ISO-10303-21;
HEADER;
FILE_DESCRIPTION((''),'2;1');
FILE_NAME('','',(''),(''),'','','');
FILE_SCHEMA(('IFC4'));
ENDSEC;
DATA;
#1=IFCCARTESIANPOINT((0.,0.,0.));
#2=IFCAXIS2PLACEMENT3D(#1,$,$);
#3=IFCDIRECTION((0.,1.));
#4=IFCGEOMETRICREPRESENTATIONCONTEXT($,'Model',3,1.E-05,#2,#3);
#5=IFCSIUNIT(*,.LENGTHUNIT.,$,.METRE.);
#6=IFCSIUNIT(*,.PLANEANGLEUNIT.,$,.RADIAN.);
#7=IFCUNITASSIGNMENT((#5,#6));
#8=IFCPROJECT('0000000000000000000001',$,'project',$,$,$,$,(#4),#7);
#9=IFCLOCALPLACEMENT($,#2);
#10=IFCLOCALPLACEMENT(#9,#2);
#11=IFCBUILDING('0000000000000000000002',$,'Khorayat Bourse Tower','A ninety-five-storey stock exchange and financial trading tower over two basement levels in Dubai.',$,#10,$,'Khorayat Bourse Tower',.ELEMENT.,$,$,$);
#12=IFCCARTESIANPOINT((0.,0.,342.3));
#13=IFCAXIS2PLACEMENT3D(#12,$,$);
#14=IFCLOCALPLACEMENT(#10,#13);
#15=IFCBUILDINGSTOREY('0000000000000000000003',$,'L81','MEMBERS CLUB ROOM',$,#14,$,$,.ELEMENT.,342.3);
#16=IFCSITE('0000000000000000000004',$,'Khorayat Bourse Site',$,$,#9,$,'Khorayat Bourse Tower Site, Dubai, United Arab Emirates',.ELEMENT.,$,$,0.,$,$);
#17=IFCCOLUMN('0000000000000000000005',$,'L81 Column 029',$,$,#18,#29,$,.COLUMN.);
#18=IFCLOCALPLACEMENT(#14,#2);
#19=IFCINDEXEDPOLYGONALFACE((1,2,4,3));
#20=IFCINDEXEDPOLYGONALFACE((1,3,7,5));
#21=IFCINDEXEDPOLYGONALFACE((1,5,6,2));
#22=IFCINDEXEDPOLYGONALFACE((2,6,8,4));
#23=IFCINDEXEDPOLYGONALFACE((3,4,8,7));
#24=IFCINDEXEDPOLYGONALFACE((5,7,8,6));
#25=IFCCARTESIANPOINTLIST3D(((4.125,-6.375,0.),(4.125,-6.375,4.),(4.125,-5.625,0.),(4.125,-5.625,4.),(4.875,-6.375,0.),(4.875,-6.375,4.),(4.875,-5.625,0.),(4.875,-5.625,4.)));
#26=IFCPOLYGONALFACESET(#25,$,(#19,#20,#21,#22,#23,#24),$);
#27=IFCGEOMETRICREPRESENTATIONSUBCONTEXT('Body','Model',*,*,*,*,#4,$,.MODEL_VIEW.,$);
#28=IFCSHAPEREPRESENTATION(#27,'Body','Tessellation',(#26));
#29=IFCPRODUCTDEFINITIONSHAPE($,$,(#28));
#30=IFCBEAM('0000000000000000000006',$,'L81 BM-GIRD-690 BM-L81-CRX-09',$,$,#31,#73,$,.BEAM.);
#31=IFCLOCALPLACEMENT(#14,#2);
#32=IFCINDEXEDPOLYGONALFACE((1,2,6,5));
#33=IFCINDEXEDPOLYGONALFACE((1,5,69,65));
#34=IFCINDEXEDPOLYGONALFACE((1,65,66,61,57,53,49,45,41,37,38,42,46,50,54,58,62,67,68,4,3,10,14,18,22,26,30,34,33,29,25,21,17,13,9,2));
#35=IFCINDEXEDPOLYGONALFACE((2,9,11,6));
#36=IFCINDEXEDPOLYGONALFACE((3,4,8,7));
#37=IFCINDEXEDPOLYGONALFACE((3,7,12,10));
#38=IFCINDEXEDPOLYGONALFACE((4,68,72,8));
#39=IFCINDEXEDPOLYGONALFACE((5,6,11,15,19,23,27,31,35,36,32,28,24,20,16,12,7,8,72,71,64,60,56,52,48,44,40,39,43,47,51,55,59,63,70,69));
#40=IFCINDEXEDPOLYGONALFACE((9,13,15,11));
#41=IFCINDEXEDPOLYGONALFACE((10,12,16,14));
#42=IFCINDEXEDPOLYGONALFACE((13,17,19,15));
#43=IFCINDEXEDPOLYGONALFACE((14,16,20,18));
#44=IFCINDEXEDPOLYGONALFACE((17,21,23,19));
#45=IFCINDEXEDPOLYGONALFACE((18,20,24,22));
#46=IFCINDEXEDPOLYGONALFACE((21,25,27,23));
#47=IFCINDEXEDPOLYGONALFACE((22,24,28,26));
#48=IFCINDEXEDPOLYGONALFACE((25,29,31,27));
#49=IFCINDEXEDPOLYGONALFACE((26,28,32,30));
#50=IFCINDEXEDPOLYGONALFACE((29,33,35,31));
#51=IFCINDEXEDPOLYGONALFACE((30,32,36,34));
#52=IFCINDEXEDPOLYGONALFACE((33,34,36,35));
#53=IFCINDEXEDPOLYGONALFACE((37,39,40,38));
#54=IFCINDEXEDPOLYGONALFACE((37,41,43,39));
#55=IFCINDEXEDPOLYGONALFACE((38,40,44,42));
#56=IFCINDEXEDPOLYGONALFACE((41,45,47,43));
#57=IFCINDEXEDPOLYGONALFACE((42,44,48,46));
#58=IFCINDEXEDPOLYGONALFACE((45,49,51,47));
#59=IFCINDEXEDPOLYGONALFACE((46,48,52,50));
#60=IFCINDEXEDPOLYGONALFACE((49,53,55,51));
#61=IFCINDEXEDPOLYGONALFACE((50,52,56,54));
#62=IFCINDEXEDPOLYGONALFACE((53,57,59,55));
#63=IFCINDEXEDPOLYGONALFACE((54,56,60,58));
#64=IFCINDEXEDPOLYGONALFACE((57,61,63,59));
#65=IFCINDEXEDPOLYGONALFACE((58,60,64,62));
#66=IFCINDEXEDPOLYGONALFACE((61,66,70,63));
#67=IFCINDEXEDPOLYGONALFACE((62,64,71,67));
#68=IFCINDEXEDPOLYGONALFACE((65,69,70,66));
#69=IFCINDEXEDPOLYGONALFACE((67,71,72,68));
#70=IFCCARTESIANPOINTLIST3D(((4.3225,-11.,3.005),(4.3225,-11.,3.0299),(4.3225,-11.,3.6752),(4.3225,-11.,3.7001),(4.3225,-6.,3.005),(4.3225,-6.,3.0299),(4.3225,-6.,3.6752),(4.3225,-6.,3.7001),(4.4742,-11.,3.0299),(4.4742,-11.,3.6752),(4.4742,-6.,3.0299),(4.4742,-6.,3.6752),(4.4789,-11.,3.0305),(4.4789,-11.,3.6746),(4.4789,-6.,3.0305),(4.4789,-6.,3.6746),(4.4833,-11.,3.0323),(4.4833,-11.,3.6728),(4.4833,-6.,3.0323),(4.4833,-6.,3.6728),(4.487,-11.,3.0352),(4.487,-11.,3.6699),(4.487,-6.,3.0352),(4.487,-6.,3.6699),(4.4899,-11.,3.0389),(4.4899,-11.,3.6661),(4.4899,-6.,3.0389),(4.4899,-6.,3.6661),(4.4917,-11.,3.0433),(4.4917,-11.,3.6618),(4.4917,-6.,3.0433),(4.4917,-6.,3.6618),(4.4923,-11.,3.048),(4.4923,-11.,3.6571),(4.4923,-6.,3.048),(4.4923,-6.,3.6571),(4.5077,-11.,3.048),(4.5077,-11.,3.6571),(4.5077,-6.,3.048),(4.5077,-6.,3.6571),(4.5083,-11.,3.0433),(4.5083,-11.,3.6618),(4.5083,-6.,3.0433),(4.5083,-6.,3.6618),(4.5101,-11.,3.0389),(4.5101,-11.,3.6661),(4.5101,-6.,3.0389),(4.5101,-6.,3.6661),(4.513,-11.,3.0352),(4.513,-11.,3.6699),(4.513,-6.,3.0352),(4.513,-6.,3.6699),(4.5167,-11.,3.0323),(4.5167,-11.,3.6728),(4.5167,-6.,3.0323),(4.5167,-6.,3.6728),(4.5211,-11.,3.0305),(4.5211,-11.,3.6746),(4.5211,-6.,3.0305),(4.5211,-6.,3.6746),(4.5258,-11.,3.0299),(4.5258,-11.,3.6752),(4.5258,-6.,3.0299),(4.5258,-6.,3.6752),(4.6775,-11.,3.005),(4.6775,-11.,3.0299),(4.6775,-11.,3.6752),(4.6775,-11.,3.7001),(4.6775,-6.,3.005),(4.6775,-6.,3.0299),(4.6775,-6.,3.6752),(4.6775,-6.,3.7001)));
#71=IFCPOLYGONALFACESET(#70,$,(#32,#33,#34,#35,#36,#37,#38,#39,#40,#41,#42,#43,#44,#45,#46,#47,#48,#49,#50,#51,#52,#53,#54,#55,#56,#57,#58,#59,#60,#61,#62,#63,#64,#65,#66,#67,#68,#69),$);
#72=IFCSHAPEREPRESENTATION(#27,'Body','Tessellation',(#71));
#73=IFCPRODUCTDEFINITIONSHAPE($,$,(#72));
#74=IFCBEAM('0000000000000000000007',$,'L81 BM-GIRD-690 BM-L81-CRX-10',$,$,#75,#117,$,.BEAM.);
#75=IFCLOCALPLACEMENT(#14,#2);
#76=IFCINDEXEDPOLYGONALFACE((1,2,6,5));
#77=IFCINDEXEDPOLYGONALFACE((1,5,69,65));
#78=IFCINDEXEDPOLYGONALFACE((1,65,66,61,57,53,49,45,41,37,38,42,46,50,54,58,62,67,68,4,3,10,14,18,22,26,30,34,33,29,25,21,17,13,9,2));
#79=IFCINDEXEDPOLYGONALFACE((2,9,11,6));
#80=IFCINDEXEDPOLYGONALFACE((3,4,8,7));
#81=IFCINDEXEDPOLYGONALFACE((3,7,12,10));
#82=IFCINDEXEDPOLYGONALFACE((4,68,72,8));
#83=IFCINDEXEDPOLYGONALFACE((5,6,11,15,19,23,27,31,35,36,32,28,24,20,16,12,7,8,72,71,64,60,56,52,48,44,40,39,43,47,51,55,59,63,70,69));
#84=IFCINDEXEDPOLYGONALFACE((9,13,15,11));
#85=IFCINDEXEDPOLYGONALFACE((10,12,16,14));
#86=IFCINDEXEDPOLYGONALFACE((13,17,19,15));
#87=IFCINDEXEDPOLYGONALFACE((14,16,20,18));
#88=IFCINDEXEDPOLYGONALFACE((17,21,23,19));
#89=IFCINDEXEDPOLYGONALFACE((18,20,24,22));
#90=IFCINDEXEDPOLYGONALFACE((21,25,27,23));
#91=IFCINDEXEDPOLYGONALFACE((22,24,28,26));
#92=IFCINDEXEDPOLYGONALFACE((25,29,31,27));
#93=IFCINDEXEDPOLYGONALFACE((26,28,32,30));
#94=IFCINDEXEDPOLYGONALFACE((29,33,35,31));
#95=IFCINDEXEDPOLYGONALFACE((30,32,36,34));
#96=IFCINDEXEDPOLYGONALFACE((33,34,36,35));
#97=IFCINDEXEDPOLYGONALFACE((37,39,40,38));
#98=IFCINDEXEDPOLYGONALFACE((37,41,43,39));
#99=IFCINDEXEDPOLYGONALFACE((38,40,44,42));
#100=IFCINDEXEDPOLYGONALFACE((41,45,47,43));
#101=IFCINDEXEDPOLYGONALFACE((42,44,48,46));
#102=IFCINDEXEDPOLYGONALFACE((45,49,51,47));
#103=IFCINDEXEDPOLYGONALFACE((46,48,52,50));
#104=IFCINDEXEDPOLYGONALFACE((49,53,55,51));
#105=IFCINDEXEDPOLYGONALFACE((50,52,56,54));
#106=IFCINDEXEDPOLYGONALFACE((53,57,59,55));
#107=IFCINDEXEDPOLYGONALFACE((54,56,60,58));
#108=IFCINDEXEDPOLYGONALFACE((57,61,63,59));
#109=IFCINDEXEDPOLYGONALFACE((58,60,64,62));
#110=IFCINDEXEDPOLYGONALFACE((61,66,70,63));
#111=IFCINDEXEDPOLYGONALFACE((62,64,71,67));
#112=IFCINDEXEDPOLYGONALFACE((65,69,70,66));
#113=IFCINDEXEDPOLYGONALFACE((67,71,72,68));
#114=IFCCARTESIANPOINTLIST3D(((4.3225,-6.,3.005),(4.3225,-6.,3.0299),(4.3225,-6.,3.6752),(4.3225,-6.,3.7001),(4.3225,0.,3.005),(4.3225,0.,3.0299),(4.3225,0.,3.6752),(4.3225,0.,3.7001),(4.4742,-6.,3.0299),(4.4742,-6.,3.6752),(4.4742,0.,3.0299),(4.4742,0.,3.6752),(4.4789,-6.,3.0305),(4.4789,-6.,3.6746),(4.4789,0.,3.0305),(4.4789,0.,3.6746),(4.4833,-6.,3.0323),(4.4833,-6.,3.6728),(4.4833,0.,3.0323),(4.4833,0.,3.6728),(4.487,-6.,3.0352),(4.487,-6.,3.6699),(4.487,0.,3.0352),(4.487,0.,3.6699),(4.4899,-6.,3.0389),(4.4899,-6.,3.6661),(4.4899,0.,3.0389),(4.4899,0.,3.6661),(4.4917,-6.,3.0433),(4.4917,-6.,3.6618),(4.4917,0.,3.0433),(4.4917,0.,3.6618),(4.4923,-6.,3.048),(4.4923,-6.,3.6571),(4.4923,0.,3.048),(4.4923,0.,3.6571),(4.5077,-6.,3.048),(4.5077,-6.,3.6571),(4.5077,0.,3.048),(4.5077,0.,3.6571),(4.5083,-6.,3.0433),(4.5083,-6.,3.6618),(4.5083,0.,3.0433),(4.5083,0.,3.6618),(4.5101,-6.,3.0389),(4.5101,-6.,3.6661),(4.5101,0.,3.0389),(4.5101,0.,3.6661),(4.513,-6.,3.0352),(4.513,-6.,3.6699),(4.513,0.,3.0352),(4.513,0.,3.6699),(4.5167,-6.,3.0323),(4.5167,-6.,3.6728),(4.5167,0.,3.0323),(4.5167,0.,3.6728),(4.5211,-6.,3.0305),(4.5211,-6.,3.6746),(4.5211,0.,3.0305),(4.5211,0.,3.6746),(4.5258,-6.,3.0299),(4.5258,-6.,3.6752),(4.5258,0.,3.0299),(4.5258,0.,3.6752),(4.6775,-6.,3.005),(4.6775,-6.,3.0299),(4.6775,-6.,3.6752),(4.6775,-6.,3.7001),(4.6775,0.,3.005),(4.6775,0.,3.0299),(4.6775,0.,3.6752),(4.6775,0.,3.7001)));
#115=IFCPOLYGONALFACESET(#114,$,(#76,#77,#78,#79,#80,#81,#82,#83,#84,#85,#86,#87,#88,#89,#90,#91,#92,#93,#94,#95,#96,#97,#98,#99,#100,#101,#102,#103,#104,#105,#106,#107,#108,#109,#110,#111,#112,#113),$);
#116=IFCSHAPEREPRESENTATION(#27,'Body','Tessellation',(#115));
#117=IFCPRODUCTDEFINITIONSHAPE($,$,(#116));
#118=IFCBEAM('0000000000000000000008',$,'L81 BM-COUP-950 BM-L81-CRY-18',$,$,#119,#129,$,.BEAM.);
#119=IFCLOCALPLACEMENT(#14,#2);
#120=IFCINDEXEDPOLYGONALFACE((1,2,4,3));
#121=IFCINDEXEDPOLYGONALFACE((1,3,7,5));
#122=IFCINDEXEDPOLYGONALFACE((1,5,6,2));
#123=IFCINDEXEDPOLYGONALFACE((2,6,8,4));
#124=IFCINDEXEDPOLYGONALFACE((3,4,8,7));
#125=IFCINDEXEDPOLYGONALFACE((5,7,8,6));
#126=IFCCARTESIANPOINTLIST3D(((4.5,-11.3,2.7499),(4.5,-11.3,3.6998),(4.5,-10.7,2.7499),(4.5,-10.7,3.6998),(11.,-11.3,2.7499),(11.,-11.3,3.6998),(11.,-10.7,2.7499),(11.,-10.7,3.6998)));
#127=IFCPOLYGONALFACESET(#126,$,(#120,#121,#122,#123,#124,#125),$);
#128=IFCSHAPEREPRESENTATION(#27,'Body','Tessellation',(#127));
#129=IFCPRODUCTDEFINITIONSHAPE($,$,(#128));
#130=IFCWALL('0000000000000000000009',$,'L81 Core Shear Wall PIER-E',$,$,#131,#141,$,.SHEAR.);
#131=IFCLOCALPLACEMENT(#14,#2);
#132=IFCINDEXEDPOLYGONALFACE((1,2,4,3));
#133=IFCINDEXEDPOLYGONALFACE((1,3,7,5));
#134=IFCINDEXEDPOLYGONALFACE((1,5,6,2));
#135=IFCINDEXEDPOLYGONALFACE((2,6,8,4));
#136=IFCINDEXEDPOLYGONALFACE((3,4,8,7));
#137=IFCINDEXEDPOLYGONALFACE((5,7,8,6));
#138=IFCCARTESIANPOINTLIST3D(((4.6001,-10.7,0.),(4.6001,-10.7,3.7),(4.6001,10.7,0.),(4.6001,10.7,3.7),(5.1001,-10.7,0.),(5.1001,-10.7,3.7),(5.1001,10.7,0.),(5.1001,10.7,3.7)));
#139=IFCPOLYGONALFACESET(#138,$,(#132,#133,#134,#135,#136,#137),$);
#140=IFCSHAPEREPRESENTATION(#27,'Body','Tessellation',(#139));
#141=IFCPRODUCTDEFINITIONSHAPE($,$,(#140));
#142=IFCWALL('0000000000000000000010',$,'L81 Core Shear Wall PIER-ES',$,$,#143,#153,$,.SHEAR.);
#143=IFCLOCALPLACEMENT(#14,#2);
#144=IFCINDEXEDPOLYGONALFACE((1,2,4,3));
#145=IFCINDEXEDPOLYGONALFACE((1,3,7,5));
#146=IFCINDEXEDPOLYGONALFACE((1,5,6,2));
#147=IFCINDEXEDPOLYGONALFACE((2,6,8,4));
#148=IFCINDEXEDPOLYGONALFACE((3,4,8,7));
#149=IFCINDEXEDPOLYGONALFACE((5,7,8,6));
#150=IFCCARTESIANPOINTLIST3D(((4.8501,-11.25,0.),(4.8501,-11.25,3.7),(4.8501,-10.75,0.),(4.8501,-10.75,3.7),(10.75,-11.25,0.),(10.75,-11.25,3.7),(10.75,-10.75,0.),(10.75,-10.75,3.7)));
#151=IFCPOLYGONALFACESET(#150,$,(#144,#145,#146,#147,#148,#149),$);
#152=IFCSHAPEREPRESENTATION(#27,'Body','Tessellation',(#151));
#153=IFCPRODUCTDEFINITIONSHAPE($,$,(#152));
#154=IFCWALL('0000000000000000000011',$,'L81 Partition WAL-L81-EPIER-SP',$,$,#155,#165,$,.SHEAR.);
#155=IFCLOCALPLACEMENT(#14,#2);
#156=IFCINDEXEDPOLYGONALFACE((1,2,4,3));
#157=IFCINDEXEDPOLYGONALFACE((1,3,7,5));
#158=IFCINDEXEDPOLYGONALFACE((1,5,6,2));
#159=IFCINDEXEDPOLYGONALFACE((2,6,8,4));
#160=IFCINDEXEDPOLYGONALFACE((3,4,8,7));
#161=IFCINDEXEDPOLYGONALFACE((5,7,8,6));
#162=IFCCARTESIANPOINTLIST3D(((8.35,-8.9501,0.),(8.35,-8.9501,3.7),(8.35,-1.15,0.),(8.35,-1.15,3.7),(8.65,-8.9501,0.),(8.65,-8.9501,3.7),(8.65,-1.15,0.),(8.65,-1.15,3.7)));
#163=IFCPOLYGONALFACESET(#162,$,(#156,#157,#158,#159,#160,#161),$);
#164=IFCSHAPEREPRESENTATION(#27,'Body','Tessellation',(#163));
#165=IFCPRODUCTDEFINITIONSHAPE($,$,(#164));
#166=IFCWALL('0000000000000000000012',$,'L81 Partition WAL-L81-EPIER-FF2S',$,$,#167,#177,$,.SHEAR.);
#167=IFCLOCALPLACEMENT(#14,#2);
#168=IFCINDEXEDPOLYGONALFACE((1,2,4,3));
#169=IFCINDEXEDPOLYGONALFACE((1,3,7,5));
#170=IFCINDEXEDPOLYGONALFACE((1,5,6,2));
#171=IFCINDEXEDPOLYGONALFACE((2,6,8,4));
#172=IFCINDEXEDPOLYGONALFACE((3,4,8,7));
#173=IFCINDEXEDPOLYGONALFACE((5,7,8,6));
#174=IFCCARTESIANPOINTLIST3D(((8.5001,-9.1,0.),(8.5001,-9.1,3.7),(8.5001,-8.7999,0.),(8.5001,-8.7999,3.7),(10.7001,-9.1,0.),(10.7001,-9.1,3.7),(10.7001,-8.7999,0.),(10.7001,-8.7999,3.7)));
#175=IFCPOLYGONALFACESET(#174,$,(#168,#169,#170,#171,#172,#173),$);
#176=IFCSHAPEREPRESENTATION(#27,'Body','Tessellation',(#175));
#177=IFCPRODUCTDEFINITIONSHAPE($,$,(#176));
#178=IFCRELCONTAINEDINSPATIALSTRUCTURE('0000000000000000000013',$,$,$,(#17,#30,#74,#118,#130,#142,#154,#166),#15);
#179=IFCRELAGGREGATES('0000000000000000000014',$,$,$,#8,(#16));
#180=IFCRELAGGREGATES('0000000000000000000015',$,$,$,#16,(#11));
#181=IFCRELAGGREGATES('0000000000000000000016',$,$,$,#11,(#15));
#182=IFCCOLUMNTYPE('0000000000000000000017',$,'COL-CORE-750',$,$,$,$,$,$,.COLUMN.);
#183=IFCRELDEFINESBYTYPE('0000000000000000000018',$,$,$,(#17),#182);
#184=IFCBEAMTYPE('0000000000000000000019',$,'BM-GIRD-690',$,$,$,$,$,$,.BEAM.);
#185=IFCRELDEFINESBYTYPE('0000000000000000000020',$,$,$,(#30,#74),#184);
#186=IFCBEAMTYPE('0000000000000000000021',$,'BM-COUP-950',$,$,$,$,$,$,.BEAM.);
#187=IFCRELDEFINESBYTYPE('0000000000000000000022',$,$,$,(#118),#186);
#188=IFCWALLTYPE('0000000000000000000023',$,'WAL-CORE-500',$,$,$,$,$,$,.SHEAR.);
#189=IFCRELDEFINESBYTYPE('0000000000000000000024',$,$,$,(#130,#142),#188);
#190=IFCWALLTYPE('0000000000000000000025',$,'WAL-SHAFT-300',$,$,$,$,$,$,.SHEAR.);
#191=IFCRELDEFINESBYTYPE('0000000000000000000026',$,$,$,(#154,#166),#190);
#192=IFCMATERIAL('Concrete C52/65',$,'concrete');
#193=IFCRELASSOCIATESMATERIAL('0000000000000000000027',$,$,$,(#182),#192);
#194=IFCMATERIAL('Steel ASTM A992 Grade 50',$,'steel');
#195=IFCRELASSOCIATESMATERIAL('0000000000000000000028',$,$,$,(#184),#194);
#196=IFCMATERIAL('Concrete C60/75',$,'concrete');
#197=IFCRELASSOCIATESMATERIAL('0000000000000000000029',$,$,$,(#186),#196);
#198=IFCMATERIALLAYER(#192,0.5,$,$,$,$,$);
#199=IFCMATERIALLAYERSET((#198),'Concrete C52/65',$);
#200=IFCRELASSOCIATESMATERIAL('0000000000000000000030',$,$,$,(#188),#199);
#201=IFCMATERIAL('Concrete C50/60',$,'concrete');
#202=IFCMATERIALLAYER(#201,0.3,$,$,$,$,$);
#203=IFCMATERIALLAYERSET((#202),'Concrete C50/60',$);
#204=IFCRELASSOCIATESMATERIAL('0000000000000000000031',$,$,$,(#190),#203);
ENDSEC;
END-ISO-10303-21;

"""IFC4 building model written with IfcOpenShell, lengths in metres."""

from ifc_helpers import new_model, si_unit, direction, frame, frame_2d, origin, origin_2d, place, context, subcontext, project, spatial, rectangle, i_section, extrude, source, transform, mapped, material, layer, layer_set, material_profile, profile_set, type_object, element, save


model = new_model("IFC4")

# Units and contexts
model_context = context("Model", 3, precision=1e-05, world=origin(), true_north=direction((0.0, 1.0)))
body_context = subcontext(model_context, "Body", "Model", "MODEL_VIEW")
ifc_project = project(units=[si_unit("LENGTHUNIT", "METRE"), si_unit("PLANEANGLEUNIT", "RADIAN")], contexts=[model_context])

# Site, building, storey
site_placement = place(None, origin())
site = spatial("IfcSite", under=ifc_project, at=site_placement, Name="Khorayat Bourse Site", LongName="Khorayat Bourse Tower Site, Dubai, United Arab Emirates", CompositionType="ELEMENT", RefElevation=0.0)
building_placement = place(site_placement, origin())
building = spatial("IfcBuilding", under=site, at=building_placement, Name="Khorayat Bourse Tower", Description="A ninety-five-storey stock exchange and financial trading tower over two basement levels in Dubai.", LongName="Khorayat Bourse Tower", CompositionType="ELEMENT")
storey_placement = place(building_placement, frame((0.0, 0.0, 342.3)))
storey = spatial("IfcBuildingStorey", under=building, at=storey_placement, Name="L81", Description="MEMBERS CLUB ROOM", CompositionType="ELEMENT", Elevation=342.3)

# Column
ifc_material_1 = material(Name="Concrete C52/65", Category="concrete")
ifc_material_profile_1 = material_profile(ifc_material_1, rectangle(XDim=0.75, YDim=0.75, at=origin_2d()), Name="RC 750x750")
ifc_profile_set_1 = profile_set([ifc_material_profile_1], Name="Concrete C52/65")
column_type = type_object("IfcColumnType", Name="COL-CORE-750", PredefinedType="COLUMN", material=ifc_profile_set_1)
shared_shape_1 = source(origin(), body_context, "Body", "SweptSolid", [
    extrude(rectangle(XDim=0.75, YDim=0.75, at=origin_2d()), origin(), (0.0, 0.0, 1.0), 4.0),
])
column_placement = place(storey_placement, frame((4.5, -6.0, 0.0), z_axis=(0.0, 0.0, 1.0), x_axis=(1.0, 0.0, 0.0)))
element("IfcColumn", 1, at=column_placement, inside=storey, type_object=column_type, Name="L81 Column 029", PredefinedType="COLUMN", context=body_context, shape_type="MappedRepresentation", body=[
    mapped(shared_shape_1, transform((0.0, 0.0, 0.0), scale=1.0)),
])

# Beams
ifc_material_2 = material(Name="Steel ASTM A992 Grade 50", Category="steel")
ifc_material_profile_2 = material_profile(ifc_material_2, i_section(OverallWidth=0.355, OverallDepth=0.6951, WebThickness=0.0154, FlangeThickness=0.0249, FilletRadius=0.0181, at=origin_2d()), Name="W690X217")
ifc_profile_set_2 = profile_set([ifc_material_profile_2], Name="Steel ASTM A992 Grade 50")
beam_type_1 = type_object("IfcBeamType", Name="BM-GIRD-690", PredefinedType="BEAM", material=ifc_profile_set_2)
shared_shape_2 = source(origin(), body_context, "Body", "SweptSolid", [
    extrude(i_section(OverallWidth=0.355, OverallDepth=0.6951, WebThickness=0.0154, FlangeThickness=0.0249, FilletRadius=0.0181, at=origin_2d()), origin(), (0.0, 0.0, 1.0), 5.0),
])
beam_1_placement = place(storey_placement, frame((4.5, -11.0, 3.3525), z_axis=(0.0, 1.0, 0.0), x_axis=(-1.0, 0.0, 0.0)))
element("IfcBeam", 2, at=beam_1_placement, inside=storey, type_object=beam_type_1, Name="L81 BM-GIRD-690 BM-L81-CRX-09", PredefinedType="BEAM", context=body_context, shape_type="MappedRepresentation", body=[
    mapped(shared_shape_2, transform((0.0, 0.0, 0.0), scale=1.0)),
])
shared_shape_3 = source(origin(), body_context, "Body", "SweptSolid", [
    extrude(i_section(OverallWidth=0.355, OverallDepth=0.6951, WebThickness=0.0154, FlangeThickness=0.0249, FilletRadius=0.0181, at=origin_2d()), origin(), (0.0, 0.0, 1.0), 6.0),
])
beam_2_placement = place(storey_placement, frame((4.5, -6.0, 3.3525), z_axis=(0.0, 1.0, 0.0), x_axis=(-1.0, 0.0, 0.0)))
element("IfcBeam", 3, at=beam_2_placement, inside=storey, type_object=beam_type_1, Name="L81 BM-GIRD-690 BM-L81-CRX-10", PredefinedType="BEAM", context=body_context, shape_type="MappedRepresentation", body=[
    mapped(shared_shape_3, transform((0.0, 0.0, 0.0), scale=1.0)),
])
ifc_material_3 = material(Name="Concrete C60/75", Category="concrete")
ifc_material_profile_3 = material_profile(ifc_material_3, rectangle(XDim=0.6001, YDim=0.95, at=origin_2d()), Name="RC 600x950")
ifc_profile_set_3 = profile_set([ifc_material_profile_3], Name="Concrete C60/75")
beam_type_2 = type_object("IfcBeamType", Name="BM-COUP-950", PredefinedType="BEAM", material=ifc_profile_set_3)
shared_shape_4 = source(origin(), body_context, "Body", "SweptSolid", [
    extrude(rectangle(XDim=0.6001, YDim=0.95, at=origin_2d()), origin(), (0.0, 0.0, 1.0), 6.5),
])
beam_3_placement = place(storey_placement, frame((4.5, -11.0, 3.2249), z_axis=(1.0, 0.0, 0.0), x_axis=(0.0, 1.0, 0.0)))
element("IfcBeam", 4, at=beam_3_placement, inside=storey, type_object=beam_type_2, Name="L81 BM-COUP-950 BM-L81-CRY-18", PredefinedType="BEAM", context=body_context, shape_type="MappedRepresentation", body=[
    mapped(shared_shape_4, transform((0.0, 0.0, 0.0), scale=1.0)),
])

# Walls
ifc_layer_1 = layer(ifc_material_1, 0.5)
ifc_layer_set_1 = layer_set([ifc_layer_1], Name="Concrete C52/65")
wall_type_1 = type_object("IfcWallType", Name="WAL-CORE-500", PredefinedType="SHEAR", material=ifc_layer_set_1)
shared_shape_5 = source(origin(), body_context, "Body", "SweptSolid", [
    extrude(rectangle(XDim=21.3999, YDim=0.5, at=frame_2d((10.7, 0.0))), origin(), (0.0, 0.0, 1.0), 3.7),
])
wall_1_placement = place(storey_placement, frame((4.8501, -10.7, 0.0), z_axis=(0.0, 0.0, 1.0), x_axis=(0.0, 1.0, 0.0)))
element("IfcWall", 5, at=wall_1_placement, inside=storey, type_object=wall_type_1, Name="L81 Core Shear Wall PIER-E", PredefinedType="SHEAR", context=body_context, shape_type="MappedRepresentation", body=[
    mapped(shared_shape_5, transform((0.0, 0.0, 0.0), scale=1.0)),
])
shared_shape_6 = source(origin(), body_context, "Body", "SweptSolid", [
    extrude(rectangle(XDim=5.8999, YDim=0.5, at=frame_2d((2.95, 0.0))), origin(), (0.0, 0.0, 1.0), 3.7),
])
wall_2_placement = place(storey_placement, frame((4.8501, -11.0, 0.0), z_axis=(0.0, 0.0, 1.0), x_axis=(1.0, 0.0, 0.0)))
element("IfcWall", 6, at=wall_2_placement, inside=storey, type_object=wall_type_1, Name="L81 Core Shear Wall PIER-ES", PredefinedType="SHEAR", context=body_context, shape_type="MappedRepresentation", body=[
    mapped(shared_shape_6, transform((0.0, 0.0, 0.0), scale=1.0)),
])
ifc_material_4 = material(Name="Concrete C50/60", Category="concrete")
ifc_layer_2 = layer(ifc_material_4, 0.3)
ifc_layer_set_2 = layer_set([ifc_layer_2], Name="Concrete C50/60")
wall_type_2 = type_object("IfcWallType", Name="WAL-SHAFT-300", PredefinedType="SHEAR", material=ifc_layer_set_2)
shared_shape_7 = source(origin(), body_context, "Body", "SweptSolid", [
    extrude(rectangle(XDim=7.8, YDim=0.3, at=frame_2d((3.8999, 0.0))), origin(), (0.0, 0.0, 1.0), 3.7),
])
wall_3_placement = place(storey_placement, frame((8.5, -8.95, 0.0), z_axis=(0.0, 0.0, 1.0), x_axis=(0.0, 1.0, 0.0)))
element("IfcWall", 7, at=wall_3_placement, inside=storey, type_object=wall_type_2, Name="L81 Partition WAL-L81-EPIER-SP", PredefinedType="SHEAR", context=body_context, shape_type="MappedRepresentation", body=[
    mapped(shared_shape_7, transform((0.0, 0.0, 0.0), scale=1.0)),
])
shared_shape_8 = source(origin(), body_context, "Body", "SweptSolid", [
    extrude(rectangle(XDim=2.2, YDim=0.3, at=frame_2d((1.1001, 0.0))), origin(), (0.0, 0.0, 1.0), 3.7),
])
for number, where, z_axis, x_axis, name in (
    (8, (8.5, -8.95, 0.0), (0.0, 0.0, 1.0), (1.0, 0.0, 0.0), "L81 Partition WAL-L81-EPIER-FF2S"),
):
    element("IfcWall", number, at=place(storey_placement, frame(where, z_axis=z_axis, x_axis=x_axis)), inside=storey, type_object=wall_type_2, Name=name, PredefinedType="SHEAR", context=body_context, shape_type="MappedRepresentation", body=[
        mapped(shared_shape_8, transform((0.0, 0.0, 0.0), scale=1.0)),
    ])

save(model, "model.ifc")
